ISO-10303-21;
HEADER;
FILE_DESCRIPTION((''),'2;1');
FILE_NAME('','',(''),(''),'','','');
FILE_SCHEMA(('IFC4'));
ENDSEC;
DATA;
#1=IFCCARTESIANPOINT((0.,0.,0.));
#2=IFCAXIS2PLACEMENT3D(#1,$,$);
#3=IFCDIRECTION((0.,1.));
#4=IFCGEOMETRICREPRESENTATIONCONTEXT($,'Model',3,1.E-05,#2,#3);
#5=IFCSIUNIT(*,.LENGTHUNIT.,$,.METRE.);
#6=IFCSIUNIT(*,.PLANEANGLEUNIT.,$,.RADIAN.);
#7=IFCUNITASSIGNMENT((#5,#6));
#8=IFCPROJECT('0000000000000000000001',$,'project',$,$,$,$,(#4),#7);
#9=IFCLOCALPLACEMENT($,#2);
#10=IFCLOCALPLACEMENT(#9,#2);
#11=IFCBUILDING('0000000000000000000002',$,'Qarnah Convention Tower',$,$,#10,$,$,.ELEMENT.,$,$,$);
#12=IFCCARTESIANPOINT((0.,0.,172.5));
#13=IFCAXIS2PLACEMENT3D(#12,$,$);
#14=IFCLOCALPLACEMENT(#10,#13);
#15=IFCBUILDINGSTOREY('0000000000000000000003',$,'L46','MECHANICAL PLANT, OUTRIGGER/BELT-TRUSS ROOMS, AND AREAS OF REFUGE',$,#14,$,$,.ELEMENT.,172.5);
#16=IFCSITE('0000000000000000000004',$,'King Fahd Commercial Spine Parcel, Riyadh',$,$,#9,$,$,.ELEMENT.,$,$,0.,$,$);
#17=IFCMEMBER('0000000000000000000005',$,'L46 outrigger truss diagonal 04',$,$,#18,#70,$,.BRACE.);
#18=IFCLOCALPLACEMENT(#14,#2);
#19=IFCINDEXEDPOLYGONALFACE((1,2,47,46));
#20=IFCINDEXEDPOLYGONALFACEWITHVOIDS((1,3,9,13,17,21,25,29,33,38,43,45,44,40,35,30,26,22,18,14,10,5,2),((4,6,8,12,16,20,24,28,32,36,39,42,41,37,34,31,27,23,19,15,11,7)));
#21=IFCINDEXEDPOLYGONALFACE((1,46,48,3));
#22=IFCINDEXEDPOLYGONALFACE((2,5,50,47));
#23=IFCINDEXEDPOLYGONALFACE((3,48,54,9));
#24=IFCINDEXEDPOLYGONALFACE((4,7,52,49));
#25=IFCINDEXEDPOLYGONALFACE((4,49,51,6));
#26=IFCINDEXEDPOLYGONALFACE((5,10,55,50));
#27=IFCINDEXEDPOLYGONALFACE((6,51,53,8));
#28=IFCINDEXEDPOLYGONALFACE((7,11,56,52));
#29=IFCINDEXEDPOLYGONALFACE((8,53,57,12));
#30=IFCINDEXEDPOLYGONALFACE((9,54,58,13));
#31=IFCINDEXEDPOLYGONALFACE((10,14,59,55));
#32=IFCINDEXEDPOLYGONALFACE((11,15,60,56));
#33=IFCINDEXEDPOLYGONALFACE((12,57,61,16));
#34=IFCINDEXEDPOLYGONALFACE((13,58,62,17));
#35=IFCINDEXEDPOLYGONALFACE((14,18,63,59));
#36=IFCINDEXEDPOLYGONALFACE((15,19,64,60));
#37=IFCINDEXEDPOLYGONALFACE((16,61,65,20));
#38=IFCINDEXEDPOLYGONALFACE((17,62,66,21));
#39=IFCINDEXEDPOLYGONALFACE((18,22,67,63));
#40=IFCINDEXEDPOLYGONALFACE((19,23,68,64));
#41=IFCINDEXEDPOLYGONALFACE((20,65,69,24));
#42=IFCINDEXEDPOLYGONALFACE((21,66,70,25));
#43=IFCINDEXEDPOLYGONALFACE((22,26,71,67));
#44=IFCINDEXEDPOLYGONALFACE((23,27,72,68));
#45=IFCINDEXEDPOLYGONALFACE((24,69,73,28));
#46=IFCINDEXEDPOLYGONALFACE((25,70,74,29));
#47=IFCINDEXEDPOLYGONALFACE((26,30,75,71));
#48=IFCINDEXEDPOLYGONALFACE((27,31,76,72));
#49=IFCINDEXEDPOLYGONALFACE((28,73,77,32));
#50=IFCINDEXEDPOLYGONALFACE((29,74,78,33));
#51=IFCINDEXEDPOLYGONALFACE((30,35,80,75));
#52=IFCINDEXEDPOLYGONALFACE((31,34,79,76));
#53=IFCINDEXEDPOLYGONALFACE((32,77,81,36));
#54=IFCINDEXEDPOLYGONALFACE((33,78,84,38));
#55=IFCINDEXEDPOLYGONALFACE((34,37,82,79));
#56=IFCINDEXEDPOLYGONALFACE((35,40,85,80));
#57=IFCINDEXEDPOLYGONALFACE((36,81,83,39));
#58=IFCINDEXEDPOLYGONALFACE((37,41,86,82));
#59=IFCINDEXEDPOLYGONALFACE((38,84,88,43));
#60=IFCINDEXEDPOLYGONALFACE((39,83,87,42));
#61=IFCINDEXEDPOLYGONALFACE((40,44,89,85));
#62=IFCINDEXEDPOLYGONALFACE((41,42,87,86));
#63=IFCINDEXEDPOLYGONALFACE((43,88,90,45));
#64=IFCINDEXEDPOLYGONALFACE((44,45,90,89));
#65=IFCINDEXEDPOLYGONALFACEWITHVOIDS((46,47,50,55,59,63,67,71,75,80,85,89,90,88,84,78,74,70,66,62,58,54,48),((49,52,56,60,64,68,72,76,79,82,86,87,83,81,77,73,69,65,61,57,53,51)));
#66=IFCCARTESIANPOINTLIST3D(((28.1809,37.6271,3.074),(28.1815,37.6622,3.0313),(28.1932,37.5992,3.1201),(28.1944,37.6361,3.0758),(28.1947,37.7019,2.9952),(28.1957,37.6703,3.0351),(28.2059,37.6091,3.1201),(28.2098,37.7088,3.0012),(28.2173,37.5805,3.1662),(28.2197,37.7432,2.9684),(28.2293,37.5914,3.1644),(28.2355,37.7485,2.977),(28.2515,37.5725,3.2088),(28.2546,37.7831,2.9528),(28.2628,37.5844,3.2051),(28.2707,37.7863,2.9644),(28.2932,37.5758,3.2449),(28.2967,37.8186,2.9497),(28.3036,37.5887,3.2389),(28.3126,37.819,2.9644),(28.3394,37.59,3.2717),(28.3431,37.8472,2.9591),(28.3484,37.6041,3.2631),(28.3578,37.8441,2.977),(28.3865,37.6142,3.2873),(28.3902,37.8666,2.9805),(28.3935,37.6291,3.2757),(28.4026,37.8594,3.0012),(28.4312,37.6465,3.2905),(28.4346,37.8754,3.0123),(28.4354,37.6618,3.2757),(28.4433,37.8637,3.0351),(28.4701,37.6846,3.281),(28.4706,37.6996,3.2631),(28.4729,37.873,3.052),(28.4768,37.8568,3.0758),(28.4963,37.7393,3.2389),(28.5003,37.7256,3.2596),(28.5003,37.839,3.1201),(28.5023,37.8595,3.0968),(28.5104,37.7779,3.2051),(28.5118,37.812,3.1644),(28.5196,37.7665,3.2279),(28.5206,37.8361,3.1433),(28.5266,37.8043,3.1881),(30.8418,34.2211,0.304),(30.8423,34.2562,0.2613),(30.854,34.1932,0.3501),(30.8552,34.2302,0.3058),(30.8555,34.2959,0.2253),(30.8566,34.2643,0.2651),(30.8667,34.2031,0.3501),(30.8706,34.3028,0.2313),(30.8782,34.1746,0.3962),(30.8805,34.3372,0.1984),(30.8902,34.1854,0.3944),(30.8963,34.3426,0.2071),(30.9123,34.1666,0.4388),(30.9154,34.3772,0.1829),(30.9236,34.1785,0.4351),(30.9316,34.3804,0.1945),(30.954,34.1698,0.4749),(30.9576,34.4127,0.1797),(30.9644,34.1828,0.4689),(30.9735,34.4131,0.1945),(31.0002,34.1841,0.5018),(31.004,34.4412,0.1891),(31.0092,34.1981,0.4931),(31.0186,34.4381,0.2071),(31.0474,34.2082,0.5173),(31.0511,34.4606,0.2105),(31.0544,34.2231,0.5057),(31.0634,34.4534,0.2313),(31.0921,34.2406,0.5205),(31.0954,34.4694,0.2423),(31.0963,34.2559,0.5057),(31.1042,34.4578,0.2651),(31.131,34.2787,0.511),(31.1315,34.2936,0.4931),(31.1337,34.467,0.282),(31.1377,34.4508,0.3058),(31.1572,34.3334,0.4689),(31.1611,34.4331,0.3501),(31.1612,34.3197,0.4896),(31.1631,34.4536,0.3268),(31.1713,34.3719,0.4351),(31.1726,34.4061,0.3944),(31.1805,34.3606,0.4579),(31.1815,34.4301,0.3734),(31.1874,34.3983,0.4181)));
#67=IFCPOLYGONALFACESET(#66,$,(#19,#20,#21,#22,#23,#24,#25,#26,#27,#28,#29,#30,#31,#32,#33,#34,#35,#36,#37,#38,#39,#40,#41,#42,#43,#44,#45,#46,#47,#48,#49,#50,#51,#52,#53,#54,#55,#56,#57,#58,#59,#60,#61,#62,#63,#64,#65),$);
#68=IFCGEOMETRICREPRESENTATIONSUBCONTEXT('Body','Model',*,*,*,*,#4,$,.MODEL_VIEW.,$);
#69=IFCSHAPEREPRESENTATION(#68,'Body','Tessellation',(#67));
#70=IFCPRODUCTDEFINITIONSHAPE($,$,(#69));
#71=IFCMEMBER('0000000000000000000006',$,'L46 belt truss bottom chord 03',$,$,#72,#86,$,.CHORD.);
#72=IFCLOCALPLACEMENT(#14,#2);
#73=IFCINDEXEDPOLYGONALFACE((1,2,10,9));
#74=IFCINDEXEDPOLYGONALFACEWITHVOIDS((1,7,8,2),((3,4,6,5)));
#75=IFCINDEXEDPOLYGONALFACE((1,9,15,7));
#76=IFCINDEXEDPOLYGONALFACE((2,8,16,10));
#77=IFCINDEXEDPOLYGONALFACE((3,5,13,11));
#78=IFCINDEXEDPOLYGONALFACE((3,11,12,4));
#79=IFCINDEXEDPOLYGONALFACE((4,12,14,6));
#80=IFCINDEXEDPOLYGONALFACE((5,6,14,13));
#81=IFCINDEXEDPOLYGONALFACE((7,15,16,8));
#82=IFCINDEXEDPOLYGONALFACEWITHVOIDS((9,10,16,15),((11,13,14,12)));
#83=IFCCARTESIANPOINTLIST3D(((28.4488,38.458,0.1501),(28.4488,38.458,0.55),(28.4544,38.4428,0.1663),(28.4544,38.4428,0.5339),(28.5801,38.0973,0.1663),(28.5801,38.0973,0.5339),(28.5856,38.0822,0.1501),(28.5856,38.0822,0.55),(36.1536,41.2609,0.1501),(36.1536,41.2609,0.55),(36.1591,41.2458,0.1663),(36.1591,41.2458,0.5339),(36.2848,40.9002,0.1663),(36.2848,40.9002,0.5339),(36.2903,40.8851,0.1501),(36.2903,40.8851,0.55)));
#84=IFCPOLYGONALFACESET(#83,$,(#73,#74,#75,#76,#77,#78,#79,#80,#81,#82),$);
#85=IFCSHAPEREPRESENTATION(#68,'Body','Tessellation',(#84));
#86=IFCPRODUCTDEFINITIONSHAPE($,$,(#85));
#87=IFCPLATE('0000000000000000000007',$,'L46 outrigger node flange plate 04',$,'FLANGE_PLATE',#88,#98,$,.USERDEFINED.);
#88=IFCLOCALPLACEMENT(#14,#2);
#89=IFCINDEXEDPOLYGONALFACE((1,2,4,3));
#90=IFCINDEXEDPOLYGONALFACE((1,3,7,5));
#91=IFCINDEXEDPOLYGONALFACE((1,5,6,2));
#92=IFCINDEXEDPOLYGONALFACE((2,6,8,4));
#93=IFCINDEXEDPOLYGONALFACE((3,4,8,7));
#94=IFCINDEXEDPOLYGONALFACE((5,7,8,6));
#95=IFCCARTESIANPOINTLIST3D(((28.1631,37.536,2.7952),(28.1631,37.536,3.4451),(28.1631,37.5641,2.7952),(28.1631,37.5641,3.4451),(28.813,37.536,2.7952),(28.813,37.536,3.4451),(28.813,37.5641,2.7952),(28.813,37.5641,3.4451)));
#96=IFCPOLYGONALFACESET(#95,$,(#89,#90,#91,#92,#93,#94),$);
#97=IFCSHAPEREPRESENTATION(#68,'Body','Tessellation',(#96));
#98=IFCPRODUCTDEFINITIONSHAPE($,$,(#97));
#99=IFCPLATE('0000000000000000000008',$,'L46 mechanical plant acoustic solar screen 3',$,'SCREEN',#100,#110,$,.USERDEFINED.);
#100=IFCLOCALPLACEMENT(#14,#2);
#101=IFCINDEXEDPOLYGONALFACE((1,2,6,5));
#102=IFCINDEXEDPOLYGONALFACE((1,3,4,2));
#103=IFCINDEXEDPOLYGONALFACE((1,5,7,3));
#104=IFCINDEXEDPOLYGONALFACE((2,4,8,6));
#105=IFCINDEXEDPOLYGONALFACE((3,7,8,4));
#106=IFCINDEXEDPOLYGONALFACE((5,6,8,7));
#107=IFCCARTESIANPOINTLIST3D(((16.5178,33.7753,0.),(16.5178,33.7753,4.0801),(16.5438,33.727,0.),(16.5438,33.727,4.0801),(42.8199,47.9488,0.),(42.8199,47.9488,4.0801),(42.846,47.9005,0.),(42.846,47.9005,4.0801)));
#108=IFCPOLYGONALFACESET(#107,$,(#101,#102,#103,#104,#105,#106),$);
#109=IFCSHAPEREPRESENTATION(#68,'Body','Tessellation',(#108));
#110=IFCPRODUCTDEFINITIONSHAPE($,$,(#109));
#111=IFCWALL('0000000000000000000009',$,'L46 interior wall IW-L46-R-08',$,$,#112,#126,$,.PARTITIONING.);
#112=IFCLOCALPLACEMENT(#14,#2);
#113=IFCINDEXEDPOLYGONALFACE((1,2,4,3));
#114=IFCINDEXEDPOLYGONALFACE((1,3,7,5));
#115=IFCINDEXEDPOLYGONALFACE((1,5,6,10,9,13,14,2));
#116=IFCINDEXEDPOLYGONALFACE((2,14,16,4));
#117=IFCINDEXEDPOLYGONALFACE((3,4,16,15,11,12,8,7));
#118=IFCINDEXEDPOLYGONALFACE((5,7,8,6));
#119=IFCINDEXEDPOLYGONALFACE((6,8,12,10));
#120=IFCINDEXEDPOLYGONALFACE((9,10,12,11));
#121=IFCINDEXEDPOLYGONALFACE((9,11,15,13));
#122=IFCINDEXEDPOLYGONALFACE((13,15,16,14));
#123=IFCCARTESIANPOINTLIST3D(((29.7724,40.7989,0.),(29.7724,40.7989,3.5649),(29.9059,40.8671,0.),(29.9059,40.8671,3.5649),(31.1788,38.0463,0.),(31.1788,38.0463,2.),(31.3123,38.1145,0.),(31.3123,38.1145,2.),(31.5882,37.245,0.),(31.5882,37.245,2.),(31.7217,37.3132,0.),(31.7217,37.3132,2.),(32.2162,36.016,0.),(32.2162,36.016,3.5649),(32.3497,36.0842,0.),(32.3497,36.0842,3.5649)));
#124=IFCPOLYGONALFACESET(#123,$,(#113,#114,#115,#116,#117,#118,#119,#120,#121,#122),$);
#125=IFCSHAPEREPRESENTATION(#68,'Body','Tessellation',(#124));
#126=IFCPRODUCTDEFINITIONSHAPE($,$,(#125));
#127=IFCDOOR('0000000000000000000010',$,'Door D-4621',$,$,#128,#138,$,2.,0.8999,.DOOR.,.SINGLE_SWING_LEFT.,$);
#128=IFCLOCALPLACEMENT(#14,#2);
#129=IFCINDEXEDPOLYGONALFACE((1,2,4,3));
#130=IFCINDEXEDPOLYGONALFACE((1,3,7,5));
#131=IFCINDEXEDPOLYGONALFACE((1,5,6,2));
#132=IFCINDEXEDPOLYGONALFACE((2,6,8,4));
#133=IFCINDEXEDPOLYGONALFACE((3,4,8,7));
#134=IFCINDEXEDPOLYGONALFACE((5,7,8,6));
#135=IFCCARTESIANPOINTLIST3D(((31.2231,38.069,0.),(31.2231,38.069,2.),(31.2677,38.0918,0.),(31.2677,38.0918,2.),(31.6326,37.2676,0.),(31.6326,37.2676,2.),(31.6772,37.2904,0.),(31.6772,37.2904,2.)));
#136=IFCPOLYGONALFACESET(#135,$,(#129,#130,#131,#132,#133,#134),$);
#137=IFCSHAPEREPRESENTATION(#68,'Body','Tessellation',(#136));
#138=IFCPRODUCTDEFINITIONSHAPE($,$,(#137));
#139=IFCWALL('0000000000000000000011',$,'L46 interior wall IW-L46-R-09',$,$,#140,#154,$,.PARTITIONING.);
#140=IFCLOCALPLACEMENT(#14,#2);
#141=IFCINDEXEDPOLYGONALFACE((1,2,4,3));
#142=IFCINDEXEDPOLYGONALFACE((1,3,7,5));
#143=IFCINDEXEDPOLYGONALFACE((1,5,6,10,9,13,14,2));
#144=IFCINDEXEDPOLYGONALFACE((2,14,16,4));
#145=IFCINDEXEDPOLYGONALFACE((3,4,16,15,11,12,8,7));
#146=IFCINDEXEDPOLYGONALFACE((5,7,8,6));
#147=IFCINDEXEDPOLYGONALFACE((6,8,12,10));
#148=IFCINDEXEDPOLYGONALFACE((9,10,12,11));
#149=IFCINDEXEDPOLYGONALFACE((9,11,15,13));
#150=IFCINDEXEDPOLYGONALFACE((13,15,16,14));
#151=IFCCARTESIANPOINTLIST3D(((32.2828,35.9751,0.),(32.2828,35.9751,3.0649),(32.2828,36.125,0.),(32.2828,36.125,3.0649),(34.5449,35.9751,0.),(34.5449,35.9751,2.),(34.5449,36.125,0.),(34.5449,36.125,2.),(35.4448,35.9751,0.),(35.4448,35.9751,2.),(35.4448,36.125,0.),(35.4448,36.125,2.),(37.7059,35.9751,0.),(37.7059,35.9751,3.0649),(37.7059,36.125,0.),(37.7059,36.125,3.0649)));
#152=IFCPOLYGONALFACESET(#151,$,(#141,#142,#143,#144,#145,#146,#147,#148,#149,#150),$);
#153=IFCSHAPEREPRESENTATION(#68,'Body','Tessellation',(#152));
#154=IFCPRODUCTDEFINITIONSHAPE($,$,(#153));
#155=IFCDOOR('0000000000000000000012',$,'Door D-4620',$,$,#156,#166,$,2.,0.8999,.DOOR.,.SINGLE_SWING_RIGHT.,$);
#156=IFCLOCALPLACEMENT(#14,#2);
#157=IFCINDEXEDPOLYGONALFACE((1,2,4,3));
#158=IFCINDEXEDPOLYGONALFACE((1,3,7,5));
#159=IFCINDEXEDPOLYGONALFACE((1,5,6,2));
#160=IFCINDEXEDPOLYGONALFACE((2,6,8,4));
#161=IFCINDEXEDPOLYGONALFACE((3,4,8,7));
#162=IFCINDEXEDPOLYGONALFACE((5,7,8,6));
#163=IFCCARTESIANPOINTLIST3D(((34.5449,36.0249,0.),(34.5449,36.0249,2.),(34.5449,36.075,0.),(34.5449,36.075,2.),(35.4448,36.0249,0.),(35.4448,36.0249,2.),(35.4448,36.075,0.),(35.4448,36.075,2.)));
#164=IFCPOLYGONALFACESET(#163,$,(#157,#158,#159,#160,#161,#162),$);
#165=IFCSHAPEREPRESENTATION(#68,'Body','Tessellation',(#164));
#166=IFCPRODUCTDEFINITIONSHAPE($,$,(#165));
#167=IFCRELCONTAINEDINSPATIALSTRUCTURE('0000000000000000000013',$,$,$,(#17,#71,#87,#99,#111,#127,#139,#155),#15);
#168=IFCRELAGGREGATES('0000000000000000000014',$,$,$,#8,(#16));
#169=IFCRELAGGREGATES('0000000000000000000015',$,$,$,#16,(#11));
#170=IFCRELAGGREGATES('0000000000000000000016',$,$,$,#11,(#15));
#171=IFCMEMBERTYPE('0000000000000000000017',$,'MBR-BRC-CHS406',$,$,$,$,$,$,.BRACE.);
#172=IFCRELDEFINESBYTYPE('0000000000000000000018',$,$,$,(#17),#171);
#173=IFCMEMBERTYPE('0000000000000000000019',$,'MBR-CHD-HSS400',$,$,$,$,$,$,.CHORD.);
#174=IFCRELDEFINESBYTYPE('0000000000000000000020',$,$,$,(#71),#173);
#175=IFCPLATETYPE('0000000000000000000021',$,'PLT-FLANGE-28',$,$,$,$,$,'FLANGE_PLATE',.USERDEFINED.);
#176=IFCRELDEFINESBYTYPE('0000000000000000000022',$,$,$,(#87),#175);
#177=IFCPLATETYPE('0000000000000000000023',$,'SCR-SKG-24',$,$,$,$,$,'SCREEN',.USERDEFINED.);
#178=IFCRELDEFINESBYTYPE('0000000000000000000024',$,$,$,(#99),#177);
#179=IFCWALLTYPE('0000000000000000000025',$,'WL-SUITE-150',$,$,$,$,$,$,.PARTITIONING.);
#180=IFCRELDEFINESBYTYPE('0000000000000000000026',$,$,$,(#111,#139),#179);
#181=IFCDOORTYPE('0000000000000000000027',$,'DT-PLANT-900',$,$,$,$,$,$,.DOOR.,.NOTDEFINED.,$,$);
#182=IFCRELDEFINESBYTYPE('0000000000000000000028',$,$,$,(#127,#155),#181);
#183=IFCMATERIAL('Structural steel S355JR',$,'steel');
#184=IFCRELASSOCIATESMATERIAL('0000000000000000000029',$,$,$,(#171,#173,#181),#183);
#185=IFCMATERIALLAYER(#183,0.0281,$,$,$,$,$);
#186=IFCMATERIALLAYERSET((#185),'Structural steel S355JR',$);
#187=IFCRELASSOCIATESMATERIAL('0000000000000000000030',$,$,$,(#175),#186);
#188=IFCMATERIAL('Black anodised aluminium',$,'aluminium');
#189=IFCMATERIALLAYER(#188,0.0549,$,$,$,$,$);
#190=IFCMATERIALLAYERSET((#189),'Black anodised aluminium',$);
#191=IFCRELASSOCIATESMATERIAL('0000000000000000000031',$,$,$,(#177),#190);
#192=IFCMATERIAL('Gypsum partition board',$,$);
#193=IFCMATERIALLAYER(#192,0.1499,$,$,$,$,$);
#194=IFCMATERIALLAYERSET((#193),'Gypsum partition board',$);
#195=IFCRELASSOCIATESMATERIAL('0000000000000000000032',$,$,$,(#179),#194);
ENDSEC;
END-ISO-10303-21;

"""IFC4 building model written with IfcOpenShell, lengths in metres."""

from ifc_helpers import new_model, si_unit, direction, frame, frame_2d, origin, origin_2d, place, context, subcontext, project, spatial, rectangle, hollow_rectangle, hollow_circle, extrude, material, layer, layer_set, material_profile, profile_set, type_object, element, fill, save


model = new_model("IFC4")

# Units and contexts
model_context = context("Model", 3, precision=1e-05, world=origin(), true_north=direction((0.0, 1.0)))
body_context = subcontext(model_context, "Body", "Model", "MODEL_VIEW")
ifc_project = project(units=[si_unit("LENGTHUNIT", "METRE"), si_unit("PLANEANGLEUNIT", "RADIAN")], contexts=[model_context])

# Site, building, storey
site_placement = place(None, origin())
site = spatial("IfcSite", under=ifc_project, at=site_placement, Name="King Fahd Commercial Spine Parcel, Riyadh", CompositionType="ELEMENT", RefElevation=0.0)
building_placement = place(site_placement, origin())
building = spatial("IfcBuilding", under=site, at=building_placement, Name="Qarnah Convention Tower", CompositionType="ELEMENT")
storey_placement = place(building_placement, frame((0.0, 0.0, 172.5)))
storey = spatial("IfcBuildingStorey", under=building, at=storey_placement, Name="L46", Description="MECHANICAL PLANT, OUTRIGGER/BELT-TRUSS ROOMS, AND AREAS OF REFUGE", CompositionType="ELEMENT", Elevation=172.5)

# Shared definitions
ifc_material_1 = material(Name="Structural steel S355JR", Category="steel")

# Members
ifc_material_profile_1 = material_profile(ifc_material_1, hollow_circle(Radius=0.2029, WallThickness=0.0161, at=origin_2d()), Name="CHS406X16")
ifc_profile_set_1 = profile_set([ifc_material_profile_1], Name="Structural steel S355JR")
member_type_1 = type_object("IfcMemberType", Name="MBR-BRC-CHS406", PredefinedType="BRACE", material=ifc_profile_set_1)
member_1_placement = place(storey_placement, frame((31.0139, 34.3181, 0.3501), z_axis=(-0.518324, 0.663469, 0.539582), x_axis=(-0.78803, -0.615636, 0.0)))
element("IfcMember", 1, at=member_1_placement, inside=storey, type_object=member_type_1, Name="L46 outrigger truss diagonal 04", PredefinedType="BRACE", context=body_context, shape_type="SweptSolid", body=[
    extrude(hollow_circle(Radius=0.2029, WallThickness=0.0161, at=origin_2d()), origin(), (0.0, 0.0, 1.0), 5.1335),
])
ifc_material_profile_2 = material_profile(ifc_material_1, hollow_rectangle(XDim=0.3999, YDim=0.3999, WallThickness=0.0161, at=origin_2d()), Name="HSS400X400X16")
ifc_profile_set_2 = profile_set([ifc_material_profile_2], Name="Structural steel S355JR")
member_type_2 = type_object("IfcMemberType", Name="MBR-CHD-HSS400", PredefinedType="CHORD", material=ifc_profile_set_2)
member_2_placement = place(storey_placement, frame((36.2219, 41.073, 0.3501), z_axis=(-0.939746, -0.341875, 0.0), x_axis=(0.341875, -0.939746, 0.0)))
element("IfcMember", 2, at=member_2_placement, inside=storey, type_object=member_type_2, Name="L46 belt truss bottom chord 03", PredefinedType="CHORD", context=body_context, shape_type="SweptSolid", body=[
    extrude(hollow_rectangle(XDim=0.3999, YDim=0.3999, WallThickness=0.0161, at=origin_2d()), origin(), (0.0, 0.0, 1.0), 8.1987),
])

# Plates
ifc_layer_1 = layer(ifc_material_1, 0.0281)
ifc_layer_set_1 = layer_set([ifc_layer_1], Name="Structural steel S355JR")
plate_type_1 = type_object("IfcPlateType", Name="PLT-FLANGE-28", ElementType="FLANGE_PLATE", PredefinedType="USERDEFINED", material=ifc_layer_set_1)
plate_1_placement = place(storey_placement, frame((28.488, 37.55, 2.7952), z_axis=(0.0, 0.0, 1.0), x_axis=(1.0, 0.0, 0.0)))
element("IfcPlate", 3, at=plate_1_placement, inside=storey, type_object=plate_type_1, Name="L46 outrigger node flange plate 04", ObjectType="FLANGE_PLATE", PredefinedType="USERDEFINED", context=body_context, shape_type="SweptSolid", body=[
    extrude(rectangle(XDim=0.6499, YDim=0.0281, at=origin_2d()), origin(), (0.0, 0.0, 1.0), 0.6499),
])
ifc_material_2 = material(Name="Black anodised aluminium", Category="aluminium")
ifc_layer_2 = layer(ifc_material_2, 0.0549)
ifc_layer_set_2 = layer_set([ifc_layer_2], Name="Black anodised aluminium")
plate_type_2 = type_object("IfcPlateType", Name="SCR-SKG-24", ElementType="SCREEN", PredefinedType="USERDEFINED", material=ifc_layer_set_2)
plate_2_placement = place(storey_placement, frame((29.6819, 40.8379, 0.0), z_axis=(0.0, 0.0, 1.0), x_axis=(0.88032, 0.47438, 0.0)))
element("IfcPlate", 4, at=plate_2_placement, inside=storey, type_object=plate_type_2, Name="L46 mechanical plant acoustic solar screen 3", ObjectType="SCREEN", PredefinedType="USERDEFINED", context=body_context, shape_type="SweptSolid", body=[
    extrude(rectangle(XDim=29.8779, YDim=0.0549, at=origin_2d()), origin(), (0.0, 0.0, 1.0), 4.0801),
])

# Walls, openings, doors
ifc_material_3 = material(Name="Gypsum partition board")
ifc_layer_3 = layer(ifc_material_3, 0.1499)
ifc_layer_set_3 = layer_set([ifc_layer_3], Name="Gypsum partition board")
wall_type = type_object("IfcWallType", Name="WL-SUITE-150", PredefinedType="PARTITIONING", material=ifc_layer_set_3)
wall_1_placement = place(storey_placement, frame((29.8391, 40.833, 0.0), z_axis=(0.0, 0.0, 1.0), x_axis=(0.454997, -0.890493, 0.0)))
wall_1 = element("IfcWall", 5, at=wall_1_placement, inside=storey, type_object=wall_type, Name="L46 interior wall IW-L46-R-08", PredefinedType="PARTITIONING", context=body_context, shape_type="SweptSolid", body=[
    extrude(rectangle(XDim=5.3711, YDim=0.1499, at=frame_2d((2.6855, 0.0))), origin(), (0.0, 0.0, 1.0), 3.5649),
])
opening_1_placement = place(wall_1_placement, frame((3.0911, 0.0, 0.0)))
opening_1 = element("IfcOpeningElement", 6, at=opening_1_placement, cuts=wall_1, PredefinedType="OPENING", context=body_context, shape_type="SweptSolid", body=[
    extrude(rectangle(XDim=0.8999, YDim=2.0, at=frame_2d((0.45, 1.0))), frame((0.0, 0.085, 0.0), z_axis=(0.0, -1.0, 0.0), x_axis=(1.0, 0.0, 0.0)), (0.0, 0.0, 1.0), 0.1699),
])
door_type = type_object("IfcDoorType", Name="DT-PLANT-900", OperationType="NOTDEFINED", PredefinedType="DOOR", material=ifc_material_1)
door_1_placement = place(opening_1_placement, origin())
door_1 = element("IfcDoor", 7, at=door_1_placement, inside=storey, type_object=door_type, Name="Door D-4621", OperationType="SINGLE_SWING_LEFT", OverallHeight=2.0, OverallWidth=0.8999, PredefinedType="DOOR", context=body_context, shape_type="SweptSolid", body=[
    extrude(rectangle(XDim=0.8999, YDim=2.0, at=frame_2d((0.45, 1.0))), frame((0.0, 0.0249, 0.0), z_axis=(0.0, -1.0, 0.0), x_axis=(1.0, 0.0, 0.0)), (0.0, 0.0, 1.0), 0.05),
])
fill(opening_1, door_1)
wall_2_placement = place(storey_placement, frame((32.283, 36.05, 0.0), z_axis=(0.0, 0.0, 1.0), x_axis=(1.0, 0.0, 0.0)))
wall_2 = element("IfcWall", 8, at=wall_2_placement, inside=storey, type_object=wall_type, Name="L46 interior wall IW-L46-R-09", PredefinedType="PARTITIONING", context=body_context, shape_type="SweptSolid", body=[
    extrude(rectangle(XDim=5.4231, YDim=0.1499, at=frame_2d((2.7114, 0.0))), origin(), (0.0, 0.0, 1.0), 3.0649),
])
opening_2_placement = place(wall_2_placement, frame((2.262, 0.0, 0.0)))
opening_2 = element("IfcOpeningElement", 9, at=opening_2_placement, cuts=wall_2, PredefinedType="OPENING", context=body_context, shape_type="SweptSolid", body=[
    extrude(rectangle(XDim=0.8999, YDim=2.0, at=frame_2d((0.45, 1.0))), frame((0.0, 0.085, 0.0), z_axis=(0.0, -1.0, 0.0), x_axis=(1.0, 0.0, 0.0)), (0.0, 0.0, 1.0), 0.1699),
])
door_2_placement = place(opening_2_placement, origin())
door_2 = element("IfcDoor", 10, at=door_2_placement, inside=storey, type_object=door_type, Name="Door D-4620", OperationType="SINGLE_SWING_RIGHT", OverallHeight=2.0, OverallWidth=0.8999, PredefinedType="DOOR", context=body_context, shape_type="SweptSolid", body=[
    extrude(rectangle(XDim=0.8999, YDim=2.0, at=frame_2d((0.45, 1.0))), frame((0.0, 0.0249, 0.0), z_axis=(0.0, -1.0, 0.0), x_axis=(1.0, 0.0, 0.0)), (0.0, 0.0, 1.0), 0.05),
])
fill(opening_2, door_2)

save(model, "model.ifc")
